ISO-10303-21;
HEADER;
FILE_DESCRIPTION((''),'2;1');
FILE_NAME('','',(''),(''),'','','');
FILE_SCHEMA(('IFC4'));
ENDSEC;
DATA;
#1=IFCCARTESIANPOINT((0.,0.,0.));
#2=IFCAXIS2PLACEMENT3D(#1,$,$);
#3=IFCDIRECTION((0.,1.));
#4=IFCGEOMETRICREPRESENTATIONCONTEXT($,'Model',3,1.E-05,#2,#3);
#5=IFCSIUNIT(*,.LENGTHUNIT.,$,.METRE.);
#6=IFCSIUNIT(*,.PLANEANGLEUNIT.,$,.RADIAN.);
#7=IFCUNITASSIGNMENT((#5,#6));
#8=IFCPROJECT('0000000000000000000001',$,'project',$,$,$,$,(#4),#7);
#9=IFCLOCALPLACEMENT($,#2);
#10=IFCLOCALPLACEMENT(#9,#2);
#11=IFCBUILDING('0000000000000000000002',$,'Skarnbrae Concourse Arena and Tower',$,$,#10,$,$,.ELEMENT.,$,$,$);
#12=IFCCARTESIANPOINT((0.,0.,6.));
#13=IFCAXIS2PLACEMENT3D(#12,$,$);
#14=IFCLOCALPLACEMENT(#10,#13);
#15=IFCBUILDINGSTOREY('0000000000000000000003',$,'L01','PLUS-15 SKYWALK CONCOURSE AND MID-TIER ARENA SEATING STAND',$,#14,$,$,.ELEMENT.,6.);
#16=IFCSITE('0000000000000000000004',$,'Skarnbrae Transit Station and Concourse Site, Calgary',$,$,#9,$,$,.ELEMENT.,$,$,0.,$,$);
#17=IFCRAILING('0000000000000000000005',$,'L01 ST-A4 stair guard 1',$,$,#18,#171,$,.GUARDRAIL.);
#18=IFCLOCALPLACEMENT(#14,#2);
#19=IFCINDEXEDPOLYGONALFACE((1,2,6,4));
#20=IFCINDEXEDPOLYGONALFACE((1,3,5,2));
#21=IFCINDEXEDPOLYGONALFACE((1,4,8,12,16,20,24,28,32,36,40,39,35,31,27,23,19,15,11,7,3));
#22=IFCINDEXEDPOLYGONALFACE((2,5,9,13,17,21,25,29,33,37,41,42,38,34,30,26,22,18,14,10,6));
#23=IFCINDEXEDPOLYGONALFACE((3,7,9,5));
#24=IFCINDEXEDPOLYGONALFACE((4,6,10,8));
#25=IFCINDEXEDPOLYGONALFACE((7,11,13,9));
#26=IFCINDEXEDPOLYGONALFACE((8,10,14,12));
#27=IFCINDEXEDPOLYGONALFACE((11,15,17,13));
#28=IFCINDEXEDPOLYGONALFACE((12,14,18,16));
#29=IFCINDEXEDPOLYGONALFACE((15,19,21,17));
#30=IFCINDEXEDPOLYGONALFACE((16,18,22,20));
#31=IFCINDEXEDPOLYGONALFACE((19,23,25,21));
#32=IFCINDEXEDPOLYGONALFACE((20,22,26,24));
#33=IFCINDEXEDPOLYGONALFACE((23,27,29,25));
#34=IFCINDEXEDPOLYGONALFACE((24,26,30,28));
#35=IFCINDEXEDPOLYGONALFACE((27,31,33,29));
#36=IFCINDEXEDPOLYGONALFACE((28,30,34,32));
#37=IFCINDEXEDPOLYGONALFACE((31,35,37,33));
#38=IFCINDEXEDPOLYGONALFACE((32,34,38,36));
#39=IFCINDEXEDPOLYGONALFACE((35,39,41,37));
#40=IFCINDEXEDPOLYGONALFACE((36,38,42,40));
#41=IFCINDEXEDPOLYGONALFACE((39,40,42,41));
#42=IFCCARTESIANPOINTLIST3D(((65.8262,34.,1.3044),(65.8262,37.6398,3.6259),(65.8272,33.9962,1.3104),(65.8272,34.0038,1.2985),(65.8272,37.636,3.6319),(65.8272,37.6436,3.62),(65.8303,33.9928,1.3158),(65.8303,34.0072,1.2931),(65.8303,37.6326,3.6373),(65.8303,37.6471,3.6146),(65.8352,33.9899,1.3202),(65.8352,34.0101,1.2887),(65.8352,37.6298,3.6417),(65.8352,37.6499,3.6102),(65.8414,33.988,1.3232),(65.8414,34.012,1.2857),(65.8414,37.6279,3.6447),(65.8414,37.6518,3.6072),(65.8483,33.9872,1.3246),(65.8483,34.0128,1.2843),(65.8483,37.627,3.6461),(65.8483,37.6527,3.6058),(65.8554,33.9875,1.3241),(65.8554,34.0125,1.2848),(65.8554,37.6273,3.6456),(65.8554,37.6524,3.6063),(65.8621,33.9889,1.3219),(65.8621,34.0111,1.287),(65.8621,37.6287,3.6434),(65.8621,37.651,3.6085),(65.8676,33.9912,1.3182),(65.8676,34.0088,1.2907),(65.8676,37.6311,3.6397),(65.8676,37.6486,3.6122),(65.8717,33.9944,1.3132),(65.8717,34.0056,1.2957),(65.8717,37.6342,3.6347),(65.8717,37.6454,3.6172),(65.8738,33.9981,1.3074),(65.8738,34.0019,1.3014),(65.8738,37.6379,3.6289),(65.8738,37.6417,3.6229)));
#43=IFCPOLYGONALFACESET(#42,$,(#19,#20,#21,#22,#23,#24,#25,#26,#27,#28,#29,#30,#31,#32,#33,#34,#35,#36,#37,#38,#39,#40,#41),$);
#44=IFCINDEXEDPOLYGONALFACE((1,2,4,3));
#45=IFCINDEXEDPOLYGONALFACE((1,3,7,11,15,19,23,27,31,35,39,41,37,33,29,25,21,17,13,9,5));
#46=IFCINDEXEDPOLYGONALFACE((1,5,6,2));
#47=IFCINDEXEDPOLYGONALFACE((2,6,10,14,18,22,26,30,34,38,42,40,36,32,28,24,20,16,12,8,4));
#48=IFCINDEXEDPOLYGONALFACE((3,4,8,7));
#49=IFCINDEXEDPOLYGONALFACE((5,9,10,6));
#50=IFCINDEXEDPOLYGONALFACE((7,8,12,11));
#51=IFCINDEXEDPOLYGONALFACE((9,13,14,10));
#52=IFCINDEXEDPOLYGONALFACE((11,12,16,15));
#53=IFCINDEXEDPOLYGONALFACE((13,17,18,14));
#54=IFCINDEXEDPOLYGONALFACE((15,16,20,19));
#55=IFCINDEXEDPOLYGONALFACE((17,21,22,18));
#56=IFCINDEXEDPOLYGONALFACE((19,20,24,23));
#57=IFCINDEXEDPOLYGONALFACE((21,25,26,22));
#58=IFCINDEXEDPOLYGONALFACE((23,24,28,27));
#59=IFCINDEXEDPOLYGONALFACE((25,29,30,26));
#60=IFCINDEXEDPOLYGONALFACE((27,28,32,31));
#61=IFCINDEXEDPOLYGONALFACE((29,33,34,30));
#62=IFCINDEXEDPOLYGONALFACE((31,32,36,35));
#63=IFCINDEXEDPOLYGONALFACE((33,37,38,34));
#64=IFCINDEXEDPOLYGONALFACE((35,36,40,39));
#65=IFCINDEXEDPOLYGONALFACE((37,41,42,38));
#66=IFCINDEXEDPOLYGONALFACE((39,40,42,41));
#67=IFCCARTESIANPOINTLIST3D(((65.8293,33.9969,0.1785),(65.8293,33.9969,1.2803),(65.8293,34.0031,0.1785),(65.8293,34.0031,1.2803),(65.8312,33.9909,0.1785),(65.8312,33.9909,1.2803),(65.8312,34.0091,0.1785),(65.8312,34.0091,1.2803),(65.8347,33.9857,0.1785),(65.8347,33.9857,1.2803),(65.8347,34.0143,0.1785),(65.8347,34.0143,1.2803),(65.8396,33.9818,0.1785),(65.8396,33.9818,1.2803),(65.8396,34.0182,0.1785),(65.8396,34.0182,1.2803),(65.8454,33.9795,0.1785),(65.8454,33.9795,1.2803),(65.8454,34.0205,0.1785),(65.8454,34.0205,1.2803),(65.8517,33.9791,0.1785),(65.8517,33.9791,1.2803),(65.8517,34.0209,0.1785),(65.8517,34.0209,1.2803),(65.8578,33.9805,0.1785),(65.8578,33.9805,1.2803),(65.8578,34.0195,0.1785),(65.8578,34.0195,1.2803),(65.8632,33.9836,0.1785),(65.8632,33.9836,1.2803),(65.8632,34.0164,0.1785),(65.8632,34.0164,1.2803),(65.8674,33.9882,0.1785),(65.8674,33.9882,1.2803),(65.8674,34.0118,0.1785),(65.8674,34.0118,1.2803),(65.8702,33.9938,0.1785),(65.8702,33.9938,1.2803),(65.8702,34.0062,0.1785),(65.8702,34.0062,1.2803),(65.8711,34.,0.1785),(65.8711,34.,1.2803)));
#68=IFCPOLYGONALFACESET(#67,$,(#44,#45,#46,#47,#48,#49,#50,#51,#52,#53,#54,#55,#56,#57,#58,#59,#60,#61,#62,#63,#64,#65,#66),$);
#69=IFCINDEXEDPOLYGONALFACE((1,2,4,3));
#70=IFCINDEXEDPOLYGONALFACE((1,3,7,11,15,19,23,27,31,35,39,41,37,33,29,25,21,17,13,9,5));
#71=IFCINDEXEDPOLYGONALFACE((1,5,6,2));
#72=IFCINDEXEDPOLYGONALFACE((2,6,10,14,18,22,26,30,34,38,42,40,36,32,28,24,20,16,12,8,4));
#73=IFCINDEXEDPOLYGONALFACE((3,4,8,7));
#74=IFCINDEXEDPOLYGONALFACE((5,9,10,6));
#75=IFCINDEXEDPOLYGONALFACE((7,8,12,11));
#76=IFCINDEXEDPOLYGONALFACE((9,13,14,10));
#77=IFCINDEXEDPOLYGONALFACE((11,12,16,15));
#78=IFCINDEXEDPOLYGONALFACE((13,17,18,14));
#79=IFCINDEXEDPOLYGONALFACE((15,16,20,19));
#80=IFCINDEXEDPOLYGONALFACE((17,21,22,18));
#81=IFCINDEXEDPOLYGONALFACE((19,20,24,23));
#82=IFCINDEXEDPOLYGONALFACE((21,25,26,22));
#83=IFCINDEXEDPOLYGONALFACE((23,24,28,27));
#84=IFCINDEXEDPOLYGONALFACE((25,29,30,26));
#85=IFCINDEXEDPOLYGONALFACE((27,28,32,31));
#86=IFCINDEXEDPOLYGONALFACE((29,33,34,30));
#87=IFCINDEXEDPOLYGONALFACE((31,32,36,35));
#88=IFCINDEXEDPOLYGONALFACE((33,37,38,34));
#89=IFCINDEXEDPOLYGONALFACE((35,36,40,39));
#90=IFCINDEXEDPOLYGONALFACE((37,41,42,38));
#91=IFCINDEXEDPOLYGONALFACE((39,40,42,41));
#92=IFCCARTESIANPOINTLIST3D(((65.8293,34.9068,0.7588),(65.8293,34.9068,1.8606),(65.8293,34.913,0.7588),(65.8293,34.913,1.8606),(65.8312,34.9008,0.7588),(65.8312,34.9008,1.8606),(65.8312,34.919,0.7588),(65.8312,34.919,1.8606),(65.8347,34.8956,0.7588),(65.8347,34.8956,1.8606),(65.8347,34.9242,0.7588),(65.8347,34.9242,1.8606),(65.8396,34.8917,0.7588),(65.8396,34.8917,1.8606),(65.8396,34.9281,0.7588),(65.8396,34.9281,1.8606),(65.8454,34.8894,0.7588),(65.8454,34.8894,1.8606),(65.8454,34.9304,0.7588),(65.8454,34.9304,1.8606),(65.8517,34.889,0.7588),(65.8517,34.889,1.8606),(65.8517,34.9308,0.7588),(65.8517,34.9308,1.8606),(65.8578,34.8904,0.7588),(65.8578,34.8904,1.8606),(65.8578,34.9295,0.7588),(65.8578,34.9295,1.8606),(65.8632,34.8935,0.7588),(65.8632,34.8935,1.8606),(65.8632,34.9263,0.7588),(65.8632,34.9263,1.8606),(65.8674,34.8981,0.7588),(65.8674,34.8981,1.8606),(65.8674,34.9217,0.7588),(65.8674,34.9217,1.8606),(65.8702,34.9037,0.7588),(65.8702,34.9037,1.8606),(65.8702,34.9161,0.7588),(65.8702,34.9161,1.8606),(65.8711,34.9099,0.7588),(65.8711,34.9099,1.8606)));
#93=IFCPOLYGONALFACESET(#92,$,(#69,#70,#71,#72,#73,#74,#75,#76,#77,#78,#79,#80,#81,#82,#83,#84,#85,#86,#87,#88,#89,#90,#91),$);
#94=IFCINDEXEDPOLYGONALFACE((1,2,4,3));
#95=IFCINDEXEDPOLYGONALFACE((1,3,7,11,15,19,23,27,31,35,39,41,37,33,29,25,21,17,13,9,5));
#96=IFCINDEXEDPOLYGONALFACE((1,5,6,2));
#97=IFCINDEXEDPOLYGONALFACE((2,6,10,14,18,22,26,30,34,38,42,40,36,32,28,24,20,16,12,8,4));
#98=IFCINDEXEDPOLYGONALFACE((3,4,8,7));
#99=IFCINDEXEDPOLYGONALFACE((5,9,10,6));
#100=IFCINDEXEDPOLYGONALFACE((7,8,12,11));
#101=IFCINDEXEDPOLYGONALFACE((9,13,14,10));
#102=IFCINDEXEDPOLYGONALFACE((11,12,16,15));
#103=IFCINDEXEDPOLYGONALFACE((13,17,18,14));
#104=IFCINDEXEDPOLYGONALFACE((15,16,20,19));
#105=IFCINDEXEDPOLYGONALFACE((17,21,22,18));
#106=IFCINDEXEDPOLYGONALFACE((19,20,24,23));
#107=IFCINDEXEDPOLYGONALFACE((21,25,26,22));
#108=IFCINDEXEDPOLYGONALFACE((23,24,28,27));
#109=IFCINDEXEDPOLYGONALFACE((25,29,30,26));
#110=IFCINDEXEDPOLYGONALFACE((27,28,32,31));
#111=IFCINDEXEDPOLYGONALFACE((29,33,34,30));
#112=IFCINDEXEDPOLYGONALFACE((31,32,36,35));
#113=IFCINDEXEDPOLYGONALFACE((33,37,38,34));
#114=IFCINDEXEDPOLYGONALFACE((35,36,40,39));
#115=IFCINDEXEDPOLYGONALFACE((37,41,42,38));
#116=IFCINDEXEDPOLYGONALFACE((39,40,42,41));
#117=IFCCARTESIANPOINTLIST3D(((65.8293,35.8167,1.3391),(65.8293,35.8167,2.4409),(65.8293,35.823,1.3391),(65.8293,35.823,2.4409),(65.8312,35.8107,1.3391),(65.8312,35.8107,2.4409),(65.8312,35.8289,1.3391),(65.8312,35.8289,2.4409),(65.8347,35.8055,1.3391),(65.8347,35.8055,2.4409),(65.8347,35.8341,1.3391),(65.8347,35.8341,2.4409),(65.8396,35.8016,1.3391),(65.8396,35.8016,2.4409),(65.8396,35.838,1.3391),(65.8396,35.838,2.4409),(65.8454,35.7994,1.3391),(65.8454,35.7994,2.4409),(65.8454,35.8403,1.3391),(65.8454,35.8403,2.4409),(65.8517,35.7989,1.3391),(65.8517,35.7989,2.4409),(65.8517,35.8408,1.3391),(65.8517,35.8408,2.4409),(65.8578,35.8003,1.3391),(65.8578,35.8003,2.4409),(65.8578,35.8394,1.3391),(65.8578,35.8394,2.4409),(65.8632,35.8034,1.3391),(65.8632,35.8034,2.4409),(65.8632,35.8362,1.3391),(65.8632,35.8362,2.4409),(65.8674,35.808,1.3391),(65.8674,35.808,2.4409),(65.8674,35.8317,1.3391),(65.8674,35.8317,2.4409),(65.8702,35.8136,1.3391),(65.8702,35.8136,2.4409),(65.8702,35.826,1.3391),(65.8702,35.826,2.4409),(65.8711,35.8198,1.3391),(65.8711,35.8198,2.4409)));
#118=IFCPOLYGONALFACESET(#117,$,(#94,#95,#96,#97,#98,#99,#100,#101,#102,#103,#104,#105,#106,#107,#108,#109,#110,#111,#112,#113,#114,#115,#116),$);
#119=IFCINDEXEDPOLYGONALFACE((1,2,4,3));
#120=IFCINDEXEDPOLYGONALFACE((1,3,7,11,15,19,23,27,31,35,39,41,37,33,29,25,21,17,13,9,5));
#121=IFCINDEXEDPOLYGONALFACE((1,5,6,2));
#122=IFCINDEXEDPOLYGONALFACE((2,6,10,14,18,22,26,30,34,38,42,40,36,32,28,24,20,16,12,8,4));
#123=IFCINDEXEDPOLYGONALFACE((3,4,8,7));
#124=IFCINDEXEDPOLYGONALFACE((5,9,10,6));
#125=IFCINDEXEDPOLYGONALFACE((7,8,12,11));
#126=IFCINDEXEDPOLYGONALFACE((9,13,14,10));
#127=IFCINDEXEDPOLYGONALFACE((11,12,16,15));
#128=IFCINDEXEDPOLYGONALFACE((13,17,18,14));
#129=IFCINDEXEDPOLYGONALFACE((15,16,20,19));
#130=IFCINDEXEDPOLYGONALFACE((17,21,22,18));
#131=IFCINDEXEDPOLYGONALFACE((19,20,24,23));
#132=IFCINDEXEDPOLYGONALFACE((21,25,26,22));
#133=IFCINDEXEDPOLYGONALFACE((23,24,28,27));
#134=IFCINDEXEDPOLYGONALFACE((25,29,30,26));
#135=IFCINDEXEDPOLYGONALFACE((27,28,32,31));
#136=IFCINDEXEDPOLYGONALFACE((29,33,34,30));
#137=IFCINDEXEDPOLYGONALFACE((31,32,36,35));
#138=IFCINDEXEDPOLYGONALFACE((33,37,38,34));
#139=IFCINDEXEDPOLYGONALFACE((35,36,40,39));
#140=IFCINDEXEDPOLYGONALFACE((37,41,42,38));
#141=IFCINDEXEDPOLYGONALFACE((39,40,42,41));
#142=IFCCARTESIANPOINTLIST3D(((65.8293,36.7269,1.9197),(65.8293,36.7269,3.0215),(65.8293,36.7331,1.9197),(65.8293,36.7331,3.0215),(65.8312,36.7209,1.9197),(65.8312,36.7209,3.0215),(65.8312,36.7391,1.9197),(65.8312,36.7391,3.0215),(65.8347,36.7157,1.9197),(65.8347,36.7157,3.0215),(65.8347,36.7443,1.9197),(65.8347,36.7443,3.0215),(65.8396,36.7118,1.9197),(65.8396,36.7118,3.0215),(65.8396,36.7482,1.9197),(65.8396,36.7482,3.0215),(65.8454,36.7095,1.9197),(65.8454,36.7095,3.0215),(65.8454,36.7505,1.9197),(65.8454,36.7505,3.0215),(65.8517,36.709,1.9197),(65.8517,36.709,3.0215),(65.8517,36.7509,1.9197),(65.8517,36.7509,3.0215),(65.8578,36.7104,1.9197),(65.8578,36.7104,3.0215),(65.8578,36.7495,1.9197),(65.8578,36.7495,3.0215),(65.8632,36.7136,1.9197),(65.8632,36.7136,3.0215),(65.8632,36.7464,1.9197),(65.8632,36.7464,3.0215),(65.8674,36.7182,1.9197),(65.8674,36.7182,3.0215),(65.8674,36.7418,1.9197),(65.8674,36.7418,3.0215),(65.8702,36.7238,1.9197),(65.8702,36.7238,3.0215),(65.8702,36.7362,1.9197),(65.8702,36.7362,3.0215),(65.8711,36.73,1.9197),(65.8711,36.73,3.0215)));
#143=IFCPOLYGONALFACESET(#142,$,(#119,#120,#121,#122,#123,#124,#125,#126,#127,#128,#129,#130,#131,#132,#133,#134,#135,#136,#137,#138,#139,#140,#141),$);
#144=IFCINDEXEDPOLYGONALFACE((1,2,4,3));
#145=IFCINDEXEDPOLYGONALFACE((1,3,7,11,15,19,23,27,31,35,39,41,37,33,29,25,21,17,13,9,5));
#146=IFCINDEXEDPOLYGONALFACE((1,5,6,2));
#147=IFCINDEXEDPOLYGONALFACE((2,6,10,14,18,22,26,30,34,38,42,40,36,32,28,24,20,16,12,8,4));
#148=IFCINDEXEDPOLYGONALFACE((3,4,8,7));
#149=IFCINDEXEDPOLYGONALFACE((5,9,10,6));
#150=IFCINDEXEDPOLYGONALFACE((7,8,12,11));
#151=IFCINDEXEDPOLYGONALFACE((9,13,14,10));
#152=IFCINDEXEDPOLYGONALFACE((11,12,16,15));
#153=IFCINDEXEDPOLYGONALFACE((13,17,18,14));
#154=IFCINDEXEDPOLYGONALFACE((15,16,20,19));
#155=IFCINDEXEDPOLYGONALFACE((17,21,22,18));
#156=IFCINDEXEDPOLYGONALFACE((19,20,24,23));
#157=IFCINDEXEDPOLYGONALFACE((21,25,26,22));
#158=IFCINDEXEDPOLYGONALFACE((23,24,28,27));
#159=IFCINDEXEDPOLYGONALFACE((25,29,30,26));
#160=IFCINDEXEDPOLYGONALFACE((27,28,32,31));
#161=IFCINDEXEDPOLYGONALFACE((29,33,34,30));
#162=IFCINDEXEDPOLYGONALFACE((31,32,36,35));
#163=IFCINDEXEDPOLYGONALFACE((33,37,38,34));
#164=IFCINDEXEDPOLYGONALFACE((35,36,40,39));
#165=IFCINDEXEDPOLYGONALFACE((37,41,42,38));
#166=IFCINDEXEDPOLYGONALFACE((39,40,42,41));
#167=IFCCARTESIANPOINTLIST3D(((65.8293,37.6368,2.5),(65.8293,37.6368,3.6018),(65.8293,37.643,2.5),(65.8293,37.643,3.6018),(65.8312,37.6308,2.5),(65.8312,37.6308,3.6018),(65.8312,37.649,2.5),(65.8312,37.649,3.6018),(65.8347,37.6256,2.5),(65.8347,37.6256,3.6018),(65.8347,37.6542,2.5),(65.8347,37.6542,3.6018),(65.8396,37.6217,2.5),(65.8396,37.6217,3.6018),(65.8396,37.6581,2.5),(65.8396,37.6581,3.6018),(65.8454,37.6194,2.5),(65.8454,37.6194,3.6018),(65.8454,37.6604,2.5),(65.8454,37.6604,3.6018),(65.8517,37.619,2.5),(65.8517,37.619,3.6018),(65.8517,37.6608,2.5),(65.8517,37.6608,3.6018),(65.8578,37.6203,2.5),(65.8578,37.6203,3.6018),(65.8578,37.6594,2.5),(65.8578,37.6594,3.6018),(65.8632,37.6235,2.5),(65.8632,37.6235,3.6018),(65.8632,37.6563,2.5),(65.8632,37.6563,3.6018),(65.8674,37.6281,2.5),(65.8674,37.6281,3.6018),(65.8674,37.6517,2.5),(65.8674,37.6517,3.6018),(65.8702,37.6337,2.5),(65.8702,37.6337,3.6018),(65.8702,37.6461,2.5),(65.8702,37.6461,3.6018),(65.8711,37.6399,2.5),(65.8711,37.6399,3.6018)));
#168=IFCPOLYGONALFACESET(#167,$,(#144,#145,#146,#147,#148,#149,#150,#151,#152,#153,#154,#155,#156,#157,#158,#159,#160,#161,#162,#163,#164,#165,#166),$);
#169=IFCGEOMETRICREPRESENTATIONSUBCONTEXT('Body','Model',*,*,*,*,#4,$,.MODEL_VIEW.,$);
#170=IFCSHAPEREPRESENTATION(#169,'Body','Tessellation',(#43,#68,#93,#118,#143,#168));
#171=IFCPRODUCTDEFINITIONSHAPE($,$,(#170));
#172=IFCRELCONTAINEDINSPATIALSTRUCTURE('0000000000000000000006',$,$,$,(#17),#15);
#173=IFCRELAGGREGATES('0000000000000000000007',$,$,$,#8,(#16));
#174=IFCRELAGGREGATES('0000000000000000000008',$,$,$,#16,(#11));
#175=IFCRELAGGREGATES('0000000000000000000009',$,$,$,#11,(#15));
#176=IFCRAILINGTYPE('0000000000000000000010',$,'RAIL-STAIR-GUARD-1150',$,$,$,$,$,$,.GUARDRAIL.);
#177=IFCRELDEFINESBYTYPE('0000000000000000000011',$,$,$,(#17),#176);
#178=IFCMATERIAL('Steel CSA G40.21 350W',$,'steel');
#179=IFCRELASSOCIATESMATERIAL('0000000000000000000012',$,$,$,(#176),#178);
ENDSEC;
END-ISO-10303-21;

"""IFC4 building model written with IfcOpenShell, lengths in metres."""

from ifc_helpers import new_model, si_unit, direction, frame, origin, origin_2d, place, context, subcontext, project, spatial, circle, extrude, material, type_object, element, save


model = new_model("IFC4")

# Units and contexts
model_context = context("Model", 3, precision=1e-05, world=origin(), true_north=direction((0.0, 1.0)))
body_context = subcontext(model_context, "Body", "Model", "MODEL_VIEW")
ifc_project = project(units=[si_unit("LENGTHUNIT", "METRE"), si_unit("PLANEANGLEUNIT", "RADIAN")], contexts=[model_context])

# Site, building, storey
site_placement = place(None, origin())
site = spatial("IfcSite", under=ifc_project, at=site_placement, Name="Skarnbrae Transit Station and Concourse Site, Calgary", CompositionType="ELEMENT", RefElevation=0.0)
building_placement = place(site_placement, origin())
building = spatial("IfcBuilding", under=site, at=building_placement, Name="Skarnbrae Concourse Arena and Tower", CompositionType="ELEMENT")
storey_placement = place(building_placement, frame((0.0, 0.0, 6.0)))
storey = spatial("IfcBuildingStorey", under=building, at=storey_placement, Name="L01", Description="PLUS-15 SKYWALK CONCOURSE AND MID-TIER ARENA SEATING STAND", CompositionType="ELEMENT", Elevation=6.0)

# Shared definitions
ifc_material_1 = material(Name="Steel CSA G40.21 350W", Category="steel")

# Railing
railing_type_1 = type_object("IfcRailingType", Name="RAIL-STAIR-GUARD-1150", PredefinedType="GUARDRAIL", material=ifc_material_1)
railing_1_placement = place(storey_placement, frame((65.8501, 34.0, 0.1785)))
element("IfcRailing", 1, at=railing_1_placement, inside=storey, type_object=railing_type_1, Name="L01 ST-A4 stair guard 1", PredefinedType="GUARDRAIL", context=body_context, shape_type="SweptSolid", body=[
    extrude(circle(Radius=0.0239, at=origin_2d()), frame((0.0, 0.0, 1.126), z_axis=(0.0, 0.843112, 0.537739), x_axis=(-1.0, 0.0, 0.0)), (0.0, 0.0, 1.0), 4.3171),
    extrude(circle(Radius=0.021, at=origin_2d()), origin(), (0.0, 0.0, 1.0), 1.1018),
    extrude(circle(Radius=0.021, at=origin_2d()), frame((0.0, 0.9099, 0.5803)), (0.0, 0.0, 1.0), 1.1018),
    extrude(circle(Radius=0.021, at=origin_2d()), frame((0.0, 1.8198, 1.1606)), (0.0, 0.0, 1.0), 1.1018),
    extrude(circle(Radius=0.021, at=origin_2d()), frame((0.0, 2.73, 1.7412)), (0.0, 0.0, 1.0), 1.1018),
    extrude(circle(Radius=0.021, at=origin_2d()), frame((0.0, 3.6399, 2.3215)), (0.0, 0.0, 1.0), 1.1018),
])

save(model, "model.ifc")
